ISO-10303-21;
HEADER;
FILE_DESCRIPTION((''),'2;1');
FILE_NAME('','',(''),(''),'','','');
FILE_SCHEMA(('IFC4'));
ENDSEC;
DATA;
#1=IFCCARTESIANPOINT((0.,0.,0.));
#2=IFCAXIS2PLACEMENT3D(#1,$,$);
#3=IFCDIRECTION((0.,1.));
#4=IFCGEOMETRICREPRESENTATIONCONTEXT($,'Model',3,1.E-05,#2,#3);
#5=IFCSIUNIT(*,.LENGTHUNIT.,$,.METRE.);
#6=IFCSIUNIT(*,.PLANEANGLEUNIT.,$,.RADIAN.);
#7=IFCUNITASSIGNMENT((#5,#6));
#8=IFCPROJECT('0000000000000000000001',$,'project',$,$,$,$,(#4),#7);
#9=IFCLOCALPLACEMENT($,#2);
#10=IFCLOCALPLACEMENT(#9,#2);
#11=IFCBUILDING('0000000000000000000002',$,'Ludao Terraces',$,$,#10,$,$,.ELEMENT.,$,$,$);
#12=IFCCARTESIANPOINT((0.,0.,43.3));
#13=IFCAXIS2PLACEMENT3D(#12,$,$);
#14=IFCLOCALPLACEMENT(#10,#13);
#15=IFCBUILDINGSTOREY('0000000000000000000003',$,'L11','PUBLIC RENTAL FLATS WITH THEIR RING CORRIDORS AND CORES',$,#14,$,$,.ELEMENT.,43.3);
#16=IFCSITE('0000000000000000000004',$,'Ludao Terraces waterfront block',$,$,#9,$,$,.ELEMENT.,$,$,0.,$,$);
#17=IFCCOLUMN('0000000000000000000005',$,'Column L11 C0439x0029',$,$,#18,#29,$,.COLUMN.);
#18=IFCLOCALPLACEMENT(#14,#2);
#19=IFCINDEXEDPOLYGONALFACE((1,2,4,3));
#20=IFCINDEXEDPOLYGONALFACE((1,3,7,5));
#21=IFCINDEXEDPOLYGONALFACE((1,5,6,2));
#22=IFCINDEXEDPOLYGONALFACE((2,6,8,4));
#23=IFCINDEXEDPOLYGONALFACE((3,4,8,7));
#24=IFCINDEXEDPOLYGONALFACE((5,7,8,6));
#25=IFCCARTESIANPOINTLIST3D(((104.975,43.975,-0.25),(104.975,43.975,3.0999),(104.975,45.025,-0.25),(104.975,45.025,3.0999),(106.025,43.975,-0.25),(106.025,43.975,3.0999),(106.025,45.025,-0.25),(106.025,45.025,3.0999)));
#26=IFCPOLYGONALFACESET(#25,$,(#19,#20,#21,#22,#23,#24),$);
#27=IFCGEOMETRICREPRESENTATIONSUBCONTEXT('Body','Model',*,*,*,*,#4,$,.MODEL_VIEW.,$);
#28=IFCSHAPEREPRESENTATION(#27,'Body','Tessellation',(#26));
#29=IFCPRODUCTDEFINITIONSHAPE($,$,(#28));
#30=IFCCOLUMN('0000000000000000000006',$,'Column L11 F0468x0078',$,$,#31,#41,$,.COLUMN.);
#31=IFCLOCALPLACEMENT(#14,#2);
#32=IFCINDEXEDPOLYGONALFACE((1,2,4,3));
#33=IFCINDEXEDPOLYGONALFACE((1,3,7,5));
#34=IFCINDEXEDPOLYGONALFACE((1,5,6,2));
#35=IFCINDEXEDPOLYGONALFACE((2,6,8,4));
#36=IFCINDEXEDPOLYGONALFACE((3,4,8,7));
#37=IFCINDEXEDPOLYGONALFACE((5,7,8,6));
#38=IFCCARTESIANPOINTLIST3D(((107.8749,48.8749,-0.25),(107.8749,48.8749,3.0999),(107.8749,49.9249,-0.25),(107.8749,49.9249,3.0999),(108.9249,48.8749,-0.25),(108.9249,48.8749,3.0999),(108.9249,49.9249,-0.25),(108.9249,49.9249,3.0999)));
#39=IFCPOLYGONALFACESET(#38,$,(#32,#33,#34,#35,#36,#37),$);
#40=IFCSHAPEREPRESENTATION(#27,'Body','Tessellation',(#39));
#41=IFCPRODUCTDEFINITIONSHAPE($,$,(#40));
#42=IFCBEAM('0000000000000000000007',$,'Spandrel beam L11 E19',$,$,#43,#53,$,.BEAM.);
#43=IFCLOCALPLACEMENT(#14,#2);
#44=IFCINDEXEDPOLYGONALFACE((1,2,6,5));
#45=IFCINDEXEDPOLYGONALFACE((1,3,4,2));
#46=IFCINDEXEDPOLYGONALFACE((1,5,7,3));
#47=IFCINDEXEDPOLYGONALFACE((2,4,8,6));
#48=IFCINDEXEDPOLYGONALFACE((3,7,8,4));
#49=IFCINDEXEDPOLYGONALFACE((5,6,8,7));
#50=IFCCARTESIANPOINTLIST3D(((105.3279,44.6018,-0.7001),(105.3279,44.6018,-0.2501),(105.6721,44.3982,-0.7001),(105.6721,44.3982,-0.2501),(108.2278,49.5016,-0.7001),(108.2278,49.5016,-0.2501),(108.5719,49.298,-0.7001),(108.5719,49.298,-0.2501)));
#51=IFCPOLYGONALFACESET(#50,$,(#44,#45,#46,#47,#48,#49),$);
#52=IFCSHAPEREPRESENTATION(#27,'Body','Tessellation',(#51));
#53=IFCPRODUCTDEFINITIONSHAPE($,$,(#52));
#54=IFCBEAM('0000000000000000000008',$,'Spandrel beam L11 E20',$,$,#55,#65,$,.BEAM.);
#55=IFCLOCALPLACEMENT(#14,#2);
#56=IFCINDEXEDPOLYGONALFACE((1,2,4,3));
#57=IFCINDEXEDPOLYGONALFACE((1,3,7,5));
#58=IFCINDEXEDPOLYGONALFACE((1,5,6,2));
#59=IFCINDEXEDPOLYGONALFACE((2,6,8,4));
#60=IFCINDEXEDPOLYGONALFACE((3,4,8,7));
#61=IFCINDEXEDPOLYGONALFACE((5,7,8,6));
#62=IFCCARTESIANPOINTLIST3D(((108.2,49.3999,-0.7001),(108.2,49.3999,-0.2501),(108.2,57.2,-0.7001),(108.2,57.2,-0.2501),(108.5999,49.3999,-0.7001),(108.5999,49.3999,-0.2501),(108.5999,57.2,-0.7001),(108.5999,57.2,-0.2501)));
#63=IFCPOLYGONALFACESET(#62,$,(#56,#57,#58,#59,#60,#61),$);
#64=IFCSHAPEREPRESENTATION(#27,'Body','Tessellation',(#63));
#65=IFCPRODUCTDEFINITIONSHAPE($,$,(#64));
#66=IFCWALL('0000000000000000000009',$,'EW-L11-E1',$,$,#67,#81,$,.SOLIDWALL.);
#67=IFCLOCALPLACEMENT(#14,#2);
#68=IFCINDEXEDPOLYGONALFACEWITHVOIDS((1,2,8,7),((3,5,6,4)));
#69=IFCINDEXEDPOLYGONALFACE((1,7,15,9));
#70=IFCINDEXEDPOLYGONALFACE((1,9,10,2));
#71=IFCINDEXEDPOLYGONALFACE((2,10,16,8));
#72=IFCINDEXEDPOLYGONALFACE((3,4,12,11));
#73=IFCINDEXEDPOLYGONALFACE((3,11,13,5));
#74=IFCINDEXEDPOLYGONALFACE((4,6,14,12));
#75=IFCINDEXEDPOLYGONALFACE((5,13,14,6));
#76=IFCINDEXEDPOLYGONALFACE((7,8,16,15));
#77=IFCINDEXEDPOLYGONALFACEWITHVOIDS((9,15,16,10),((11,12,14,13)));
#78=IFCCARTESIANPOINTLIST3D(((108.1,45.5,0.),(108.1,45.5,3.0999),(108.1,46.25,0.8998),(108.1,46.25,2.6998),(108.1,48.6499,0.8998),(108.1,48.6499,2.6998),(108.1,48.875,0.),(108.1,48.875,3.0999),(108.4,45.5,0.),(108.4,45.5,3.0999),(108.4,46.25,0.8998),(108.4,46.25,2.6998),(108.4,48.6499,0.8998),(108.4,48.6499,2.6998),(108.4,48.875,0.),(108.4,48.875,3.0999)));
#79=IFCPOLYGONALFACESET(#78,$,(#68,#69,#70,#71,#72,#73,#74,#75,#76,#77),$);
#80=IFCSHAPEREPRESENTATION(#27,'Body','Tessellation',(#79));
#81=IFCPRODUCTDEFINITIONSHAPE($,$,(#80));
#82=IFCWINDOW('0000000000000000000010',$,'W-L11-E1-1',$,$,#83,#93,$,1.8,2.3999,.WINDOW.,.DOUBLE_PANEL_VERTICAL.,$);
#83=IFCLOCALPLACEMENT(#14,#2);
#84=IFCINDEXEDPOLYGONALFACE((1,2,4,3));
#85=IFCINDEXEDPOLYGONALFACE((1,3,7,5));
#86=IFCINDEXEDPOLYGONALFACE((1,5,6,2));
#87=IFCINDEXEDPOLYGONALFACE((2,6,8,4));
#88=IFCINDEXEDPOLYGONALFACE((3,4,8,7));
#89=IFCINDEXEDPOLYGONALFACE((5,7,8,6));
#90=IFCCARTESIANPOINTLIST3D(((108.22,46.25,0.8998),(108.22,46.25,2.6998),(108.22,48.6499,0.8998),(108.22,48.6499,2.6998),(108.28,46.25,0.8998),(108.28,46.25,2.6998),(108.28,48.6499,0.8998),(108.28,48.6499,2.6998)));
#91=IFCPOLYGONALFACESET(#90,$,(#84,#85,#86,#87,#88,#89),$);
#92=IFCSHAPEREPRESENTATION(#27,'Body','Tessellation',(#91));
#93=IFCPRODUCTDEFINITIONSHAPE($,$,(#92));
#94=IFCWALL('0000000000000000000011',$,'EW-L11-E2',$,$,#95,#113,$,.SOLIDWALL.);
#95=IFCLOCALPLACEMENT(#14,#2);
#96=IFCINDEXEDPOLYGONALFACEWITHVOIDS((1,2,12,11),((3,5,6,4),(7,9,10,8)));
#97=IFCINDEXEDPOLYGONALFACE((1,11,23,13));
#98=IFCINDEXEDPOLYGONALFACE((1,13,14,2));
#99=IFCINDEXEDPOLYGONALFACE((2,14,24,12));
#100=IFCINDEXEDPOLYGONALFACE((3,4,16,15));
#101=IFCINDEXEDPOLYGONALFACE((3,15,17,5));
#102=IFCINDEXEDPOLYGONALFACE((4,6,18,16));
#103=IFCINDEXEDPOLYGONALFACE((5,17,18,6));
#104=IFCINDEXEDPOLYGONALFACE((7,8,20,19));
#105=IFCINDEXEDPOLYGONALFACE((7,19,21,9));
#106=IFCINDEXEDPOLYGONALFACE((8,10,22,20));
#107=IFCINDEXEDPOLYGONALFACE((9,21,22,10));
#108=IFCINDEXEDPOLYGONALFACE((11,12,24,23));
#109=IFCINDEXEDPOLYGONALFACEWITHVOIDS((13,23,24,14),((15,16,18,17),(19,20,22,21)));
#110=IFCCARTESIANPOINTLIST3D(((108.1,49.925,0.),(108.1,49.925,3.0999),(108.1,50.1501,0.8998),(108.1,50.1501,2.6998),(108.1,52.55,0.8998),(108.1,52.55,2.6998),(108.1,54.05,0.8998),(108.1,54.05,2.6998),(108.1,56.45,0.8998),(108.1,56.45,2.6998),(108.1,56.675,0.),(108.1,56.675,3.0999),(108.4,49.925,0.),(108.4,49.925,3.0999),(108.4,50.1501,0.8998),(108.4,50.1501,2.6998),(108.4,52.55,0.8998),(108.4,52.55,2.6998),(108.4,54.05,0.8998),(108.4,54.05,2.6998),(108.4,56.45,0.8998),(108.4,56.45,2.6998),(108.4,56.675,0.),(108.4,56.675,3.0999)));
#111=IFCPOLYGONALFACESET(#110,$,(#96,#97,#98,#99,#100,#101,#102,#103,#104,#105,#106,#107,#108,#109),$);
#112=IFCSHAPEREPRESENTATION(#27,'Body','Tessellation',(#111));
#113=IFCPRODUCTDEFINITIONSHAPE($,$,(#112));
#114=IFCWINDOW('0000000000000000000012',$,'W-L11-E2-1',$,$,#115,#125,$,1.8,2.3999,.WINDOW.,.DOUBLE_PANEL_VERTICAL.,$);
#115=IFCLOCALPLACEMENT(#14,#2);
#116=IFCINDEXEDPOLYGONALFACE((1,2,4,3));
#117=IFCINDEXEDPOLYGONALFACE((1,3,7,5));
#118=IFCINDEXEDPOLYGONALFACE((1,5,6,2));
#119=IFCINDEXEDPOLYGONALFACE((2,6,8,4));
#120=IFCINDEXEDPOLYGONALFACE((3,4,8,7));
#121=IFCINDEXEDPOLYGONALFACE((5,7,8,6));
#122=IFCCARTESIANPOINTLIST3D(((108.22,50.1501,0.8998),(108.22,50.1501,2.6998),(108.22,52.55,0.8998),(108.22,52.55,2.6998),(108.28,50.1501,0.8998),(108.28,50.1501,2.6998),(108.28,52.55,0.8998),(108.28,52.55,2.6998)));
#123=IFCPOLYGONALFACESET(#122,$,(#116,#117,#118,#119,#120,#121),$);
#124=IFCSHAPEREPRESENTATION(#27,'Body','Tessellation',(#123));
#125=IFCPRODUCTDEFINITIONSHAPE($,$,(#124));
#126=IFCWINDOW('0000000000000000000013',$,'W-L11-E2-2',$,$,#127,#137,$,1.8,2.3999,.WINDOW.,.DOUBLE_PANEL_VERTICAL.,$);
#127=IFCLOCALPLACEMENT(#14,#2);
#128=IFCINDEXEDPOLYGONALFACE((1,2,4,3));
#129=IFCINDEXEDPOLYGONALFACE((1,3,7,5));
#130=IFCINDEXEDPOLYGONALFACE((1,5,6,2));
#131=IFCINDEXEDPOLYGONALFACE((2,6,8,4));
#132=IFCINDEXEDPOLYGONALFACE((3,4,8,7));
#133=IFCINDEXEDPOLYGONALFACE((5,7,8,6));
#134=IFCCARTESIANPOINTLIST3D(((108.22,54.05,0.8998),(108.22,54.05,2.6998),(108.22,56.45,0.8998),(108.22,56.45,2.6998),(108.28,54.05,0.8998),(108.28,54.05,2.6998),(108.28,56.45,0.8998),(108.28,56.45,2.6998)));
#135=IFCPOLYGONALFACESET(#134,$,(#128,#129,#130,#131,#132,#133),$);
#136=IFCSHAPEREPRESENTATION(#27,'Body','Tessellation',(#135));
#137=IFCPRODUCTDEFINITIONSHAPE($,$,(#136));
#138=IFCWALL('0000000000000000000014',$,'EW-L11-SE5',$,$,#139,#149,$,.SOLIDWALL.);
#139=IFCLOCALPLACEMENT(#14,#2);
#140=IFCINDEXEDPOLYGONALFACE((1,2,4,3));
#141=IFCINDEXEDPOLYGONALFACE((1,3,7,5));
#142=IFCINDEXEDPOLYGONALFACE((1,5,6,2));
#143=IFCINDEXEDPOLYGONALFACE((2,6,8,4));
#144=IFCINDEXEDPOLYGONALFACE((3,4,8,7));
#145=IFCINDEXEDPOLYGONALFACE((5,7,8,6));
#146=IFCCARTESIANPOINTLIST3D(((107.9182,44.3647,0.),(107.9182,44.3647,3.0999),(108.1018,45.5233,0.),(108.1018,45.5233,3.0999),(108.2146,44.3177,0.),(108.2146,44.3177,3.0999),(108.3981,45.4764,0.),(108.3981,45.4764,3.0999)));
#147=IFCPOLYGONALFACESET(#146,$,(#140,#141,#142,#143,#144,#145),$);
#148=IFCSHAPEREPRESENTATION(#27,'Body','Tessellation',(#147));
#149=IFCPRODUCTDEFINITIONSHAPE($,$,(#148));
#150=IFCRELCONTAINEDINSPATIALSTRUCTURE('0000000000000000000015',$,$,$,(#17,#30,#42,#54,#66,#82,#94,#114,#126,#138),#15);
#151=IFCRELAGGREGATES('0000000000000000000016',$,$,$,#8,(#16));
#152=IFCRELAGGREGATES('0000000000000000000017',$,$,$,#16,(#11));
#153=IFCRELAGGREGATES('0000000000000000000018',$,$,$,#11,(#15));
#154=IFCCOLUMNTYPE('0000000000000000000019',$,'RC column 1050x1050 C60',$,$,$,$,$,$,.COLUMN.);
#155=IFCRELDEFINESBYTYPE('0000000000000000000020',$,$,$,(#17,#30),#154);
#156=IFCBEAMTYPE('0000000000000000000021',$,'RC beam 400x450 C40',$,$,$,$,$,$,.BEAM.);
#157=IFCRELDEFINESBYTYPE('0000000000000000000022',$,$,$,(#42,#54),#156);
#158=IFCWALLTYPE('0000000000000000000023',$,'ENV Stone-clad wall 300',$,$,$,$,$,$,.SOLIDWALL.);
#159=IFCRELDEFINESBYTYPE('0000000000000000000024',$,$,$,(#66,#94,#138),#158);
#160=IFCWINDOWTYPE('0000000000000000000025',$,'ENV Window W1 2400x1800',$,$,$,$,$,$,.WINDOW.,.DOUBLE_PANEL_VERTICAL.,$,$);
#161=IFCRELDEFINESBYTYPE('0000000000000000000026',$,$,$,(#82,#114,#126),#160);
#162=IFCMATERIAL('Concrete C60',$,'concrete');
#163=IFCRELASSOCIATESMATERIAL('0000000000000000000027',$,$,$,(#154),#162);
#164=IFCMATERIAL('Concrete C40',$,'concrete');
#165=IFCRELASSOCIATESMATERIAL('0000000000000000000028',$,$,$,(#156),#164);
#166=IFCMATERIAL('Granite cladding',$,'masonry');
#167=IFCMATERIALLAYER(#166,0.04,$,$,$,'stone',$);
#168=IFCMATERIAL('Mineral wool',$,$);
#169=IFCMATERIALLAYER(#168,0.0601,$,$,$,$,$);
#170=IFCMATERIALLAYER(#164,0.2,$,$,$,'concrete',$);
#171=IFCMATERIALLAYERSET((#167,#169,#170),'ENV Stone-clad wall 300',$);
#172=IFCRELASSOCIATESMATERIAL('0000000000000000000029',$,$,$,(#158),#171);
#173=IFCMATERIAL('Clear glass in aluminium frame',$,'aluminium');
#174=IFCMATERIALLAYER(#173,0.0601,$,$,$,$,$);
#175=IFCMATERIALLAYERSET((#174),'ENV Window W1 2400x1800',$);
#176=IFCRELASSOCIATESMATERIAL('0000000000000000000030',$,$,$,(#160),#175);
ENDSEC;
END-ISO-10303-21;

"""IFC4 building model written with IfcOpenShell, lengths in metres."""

from ifc_helpers import new_model, si_unit, direction, frame, frame_2d, origin, origin_2d, place, context, subcontext, project, spatial, rectangle, extrude, material, layer, layer_set, material_profile, profile_set, type_object, element, fill, save


model = new_model("IFC4")

# Units and contexts
model_context = context("Model", 3, precision=1e-05, world=origin(), true_north=direction((0.0, 1.0)))
body_context = subcontext(model_context, "Body", "Model", "MODEL_VIEW")
ifc_project = project(units=[si_unit("LENGTHUNIT", "METRE"), si_unit("PLANEANGLEUNIT", "RADIAN")], contexts=[model_context])

# Site, building, storey
site_placement = place(None, origin())
site = spatial("IfcSite", under=ifc_project, at=site_placement, Name="Ludao Terraces waterfront block", CompositionType="ELEMENT", RefElevation=0.0)
building_placement = place(site_placement, origin())
building = spatial("IfcBuilding", under=site, at=building_placement, Name="Ludao Terraces", CompositionType="ELEMENT")
storey_placement = place(building_placement, frame((0.0, 0.0, 43.3)))
storey = spatial("IfcBuildingStorey", under=building, at=storey_placement, Name="L11", Description="PUBLIC RENTAL FLATS WITH THEIR RING CORRIDORS AND CORES", CompositionType="ELEMENT", Elevation=43.3)

# Columns
ifc_material_1 = material(Name="Concrete C60", Category="concrete")
ifc_material_profile_1 = material_profile(ifc_material_1, rectangle(XDim=1.05, YDim=1.05, at=origin_2d()), Name="1050 X 1050")
ifc_profile_set_1 = profile_set([ifc_material_profile_1], Name="Concrete C60")
column_type = type_object("IfcColumnType", Name="RC column 1050x1050 C60", PredefinedType="COLUMN", material=ifc_profile_set_1)
for number, where, z_axis, x_axis, name in (
    (1, (105.5, 44.5, -0.25), (0.0, 0.0, 1.0), (1.0, 0.0, 0.0), "Column L11 C0439x0029"),
    (2, (108.3999, 49.3999, -0.25), (0.0, 0.0, 1.0), (1.0, 0.0, 0.0), "Column L11 F0468x0078"),
):
    element("IfcColumn", number, at=place(storey_placement, frame(where, z_axis=z_axis, x_axis=x_axis)), inside=storey, type_object=column_type, Name=name, PredefinedType="COLUMN", context=body_context, shape_type="SweptSolid", body=[
        extrude(rectangle(XDim=1.05, YDim=1.05, at=origin_2d()), origin(), (0.0, 0.0, 1.0), 3.3499),
    ])

# Beams
ifc_material_2 = material(Name="Concrete C40", Category="concrete")
ifc_material_profile_2 = material_profile(ifc_material_2, rectangle(XDim=0.3999, YDim=0.45, at=origin_2d()), Name="400 X 450")
ifc_profile_set_2 = profile_set([ifc_material_profile_2], Name="Concrete C40")
beam_type = type_object("IfcBeamType", Name="RC beam 400x450 C40", PredefinedType="BEAM", material=ifc_profile_set_2)
beam_1_placement = place(storey_placement, frame((105.5, 44.5, -0.4751), z_axis=(0.509316, 0.86058, 0.0), x_axis=(-0.86058, 0.509316, 0.0)))
element("IfcBeam", 3, at=beam_1_placement, inside=storey, type_object=beam_type, Name="Spandrel beam L11 E19", PredefinedType="BEAM", context=body_context, shape_type="SweptSolid", body=[
    extrude(rectangle(XDim=0.3999, YDim=0.45, at=origin_2d()), origin(), (0.0, 0.0, 1.0), 5.6936),
])
beam_2_placement = place(storey_placement, frame((108.3999, 49.3999, -0.4751), z_axis=(0.0, 1.0, 0.0), x_axis=(-1.0, 0.0, 0.0)))
element("IfcBeam", 4, at=beam_2_placement, inside=storey, type_object=beam_type, Name="Spandrel beam L11 E20", PredefinedType="BEAM", context=body_context, shape_type="SweptSolid", body=[
    extrude(rectangle(XDim=0.3999, YDim=0.45, at=origin_2d()), origin(), (0.0, 0.0, 1.0), 7.8),
])

# Wall, opening, window
ifc_material_3 = material(Name="Granite cladding", Category="masonry")
ifc_layer_1 = layer(ifc_material_3, 0.04, Category="stone")
ifc_material_4 = material(Name="Mineral wool")
ifc_layer_2 = layer(ifc_material_4, 0.0601)
ifc_layer_3 = layer(ifc_material_2, 0.2, Category="concrete")
ifc_layer_set_1 = layer_set([ifc_layer_1, ifc_layer_2, ifc_layer_3], Name="ENV Stone-clad wall 300")
wall_type = type_object("IfcWallType", Name="ENV Stone-clad wall 300", PredefinedType="SOLIDWALL", material=ifc_layer_set_1)
wall_1_placement = place(storey_placement, frame((108.25, 45.5, 0.0), z_axis=(0.0, 0.0, 1.0), x_axis=(0.0, 1.0, 0.0)))
wall_1 = element("IfcWall", 5, at=wall_1_placement, inside=storey, type_object=wall_type, Name="EW-L11-E1", PredefinedType="SOLIDWALL", context=body_context, shape_type="SweptSolid", body=[
    extrude(rectangle(XDim=3.375, YDim=0.3, at=frame_2d((1.6875, 0.0))), origin(), (0.0, 0.0, 1.0), 3.0999),
])
opening_1_placement = place(wall_1_placement, frame((0.75, 0.0, 0.8999)))
opening_1 = element("IfcOpeningElement", 6, at=opening_1_placement, cuts=wall_1, PredefinedType="OPENING", context=body_context, shape_type="SweptSolid", body=[
    extrude(rectangle(XDim=2.3999, YDim=1.8, at=frame_2d((1.2, 0.8999))), frame((0.0, 0.1602, 0.0), z_axis=(0.0, -1.0, 0.0), x_axis=(1.0, 0.0, 0.0)), (0.0, 0.0, 1.0), 0.3201),
])
ifc_material_5 = material(Name="Clear glass in aluminium frame", Category="aluminium")
ifc_layer_4 = layer(ifc_material_5, 0.0601)
ifc_layer_set_2 = layer_set([ifc_layer_4], Name="ENV Window W1 2400x1800")
window_type = type_object("IfcWindowType", Name="ENV Window W1 2400x1800", PartitioningType="DOUBLE_PANEL_VERTICAL", PredefinedType="WINDOW", material=ifc_layer_set_2)
window_1_placement = place(opening_1_placement, origin())
window_1 = element("IfcWindow", 7, at=window_1_placement, inside=storey, type_object=window_type, Name="W-L11-E1-1", OverallHeight=1.8, OverallWidth=2.3999, PartitioningType="DOUBLE_PANEL_VERTICAL", PredefinedType="WINDOW", context=body_context, shape_type="SweptSolid", body=[
    extrude(rectangle(XDim=2.3999, YDim=1.8, at=frame_2d((1.2, 0.8999))), frame((0.0, 0.03, 0.0), z_axis=(0.0, -1.0, 0.0), x_axis=(1.0, 0.0, 0.0)), (0.0, 0.0, 1.0), 0.0601),
])
fill(opening_1, window_1)

# Wall, openings, windows
wall_2_placement = place(storey_placement, frame((108.25, 49.925, 0.0), z_axis=(0.0, 0.0, 1.0), x_axis=(0.0, 1.0, 0.0)))
wall_2 = element("IfcWall", 8, at=wall_2_placement, inside=storey, type_object=wall_type, Name="EW-L11-E2", PredefinedType="SOLIDWALL", context=body_context, shape_type="SweptSolid", body=[
    extrude(rectangle(XDim=6.75, YDim=0.3, at=frame_2d((3.375, 0.0))), origin(), (0.0, 0.0, 1.0), 3.0999),
])
opening_2_placement = place(wall_2_placement, frame((0.2251, 0.0, 0.8999)))
opening_2 = element("IfcOpeningElement", 9, at=opening_2_placement, cuts=wall_2, PredefinedType="OPENING", context=body_context, shape_type="SweptSolid", body=[
    extrude(rectangle(XDim=2.3999, YDim=1.8, at=frame_2d((1.2, 0.8999))), frame((0.0, 0.1602, 0.0), z_axis=(0.0, -1.0, 0.0), x_axis=(1.0, 0.0, 0.0)), (0.0, 0.0, 1.0), 0.3201),
])
opening_3_placement = place(wall_2_placement, frame((4.125, 0.0, 0.8999)))
opening_3 = element("IfcOpeningElement", 10, at=opening_3_placement, cuts=wall_2, PredefinedType="OPENING", context=body_context, shape_type="SweptSolid", body=[
    extrude(rectangle(XDim=2.3999, YDim=1.8, at=frame_2d((1.2, 0.8999))), frame((0.0, 0.1602, 0.0), z_axis=(0.0, -1.0, 0.0), x_axis=(1.0, 0.0, 0.0)), (0.0, 0.0, 1.0), 0.3201),
])
window_2_placement = place(opening_2_placement, origin())
window_2 = element("IfcWindow", 11, at=window_2_placement, inside=storey, type_object=window_type, Name="W-L11-E2-1", OverallHeight=1.8, OverallWidth=2.3999, PartitioningType="DOUBLE_PANEL_VERTICAL", PredefinedType="WINDOW", context=body_context, shape_type="SweptSolid", body=[
    extrude(rectangle(XDim=2.3999, YDim=1.8, at=frame_2d((1.2, 0.8999))), frame((0.0, 0.03, 0.0), z_axis=(0.0, -1.0, 0.0), x_axis=(1.0, 0.0, 0.0)), (0.0, 0.0, 1.0), 0.0601),
])
fill(opening_2, window_2)
window_3_placement = place(opening_3_placement, origin())
window_3 = element("IfcWindow", 12, at=window_3_placement, inside=storey, type_object=window_type, Name="W-L11-E2-2", OverallHeight=1.8, OverallWidth=2.3999, PartitioningType="DOUBLE_PANEL_VERTICAL", PredefinedType="WINDOW", context=body_context, shape_type="SweptSolid", body=[
    extrude(rectangle(XDim=2.3999, YDim=1.8, at=frame_2d((1.2, 0.8999))), frame((0.0, 0.03, 0.0), z_axis=(0.0, -1.0, 0.0), x_axis=(1.0, 0.0, 0.0)), (0.0, 0.0, 1.0), 0.0601),
])
fill(opening_3, window_3)

# Wall
wall_3_placement = place(storey_placement, frame((108.0664, 44.3413, 0.0), z_axis=(0.0, 0.0, 1.0), x_axis=(0.156497, 0.987678, 0.0)))
element("IfcWall", 13, at=wall_3_placement, inside=storey, type_object=wall_type, Name="EW-L11-SE5", PredefinedType="SOLIDWALL", context=body_context, shape_type="SweptSolid", body=[
    extrude(rectangle(XDim=1.1731, YDim=0.3, at=frame_2d((0.5864, 0.0))), origin(), (0.0, 0.0, 1.0), 3.0999),
])

save(model, "model.ifc")
